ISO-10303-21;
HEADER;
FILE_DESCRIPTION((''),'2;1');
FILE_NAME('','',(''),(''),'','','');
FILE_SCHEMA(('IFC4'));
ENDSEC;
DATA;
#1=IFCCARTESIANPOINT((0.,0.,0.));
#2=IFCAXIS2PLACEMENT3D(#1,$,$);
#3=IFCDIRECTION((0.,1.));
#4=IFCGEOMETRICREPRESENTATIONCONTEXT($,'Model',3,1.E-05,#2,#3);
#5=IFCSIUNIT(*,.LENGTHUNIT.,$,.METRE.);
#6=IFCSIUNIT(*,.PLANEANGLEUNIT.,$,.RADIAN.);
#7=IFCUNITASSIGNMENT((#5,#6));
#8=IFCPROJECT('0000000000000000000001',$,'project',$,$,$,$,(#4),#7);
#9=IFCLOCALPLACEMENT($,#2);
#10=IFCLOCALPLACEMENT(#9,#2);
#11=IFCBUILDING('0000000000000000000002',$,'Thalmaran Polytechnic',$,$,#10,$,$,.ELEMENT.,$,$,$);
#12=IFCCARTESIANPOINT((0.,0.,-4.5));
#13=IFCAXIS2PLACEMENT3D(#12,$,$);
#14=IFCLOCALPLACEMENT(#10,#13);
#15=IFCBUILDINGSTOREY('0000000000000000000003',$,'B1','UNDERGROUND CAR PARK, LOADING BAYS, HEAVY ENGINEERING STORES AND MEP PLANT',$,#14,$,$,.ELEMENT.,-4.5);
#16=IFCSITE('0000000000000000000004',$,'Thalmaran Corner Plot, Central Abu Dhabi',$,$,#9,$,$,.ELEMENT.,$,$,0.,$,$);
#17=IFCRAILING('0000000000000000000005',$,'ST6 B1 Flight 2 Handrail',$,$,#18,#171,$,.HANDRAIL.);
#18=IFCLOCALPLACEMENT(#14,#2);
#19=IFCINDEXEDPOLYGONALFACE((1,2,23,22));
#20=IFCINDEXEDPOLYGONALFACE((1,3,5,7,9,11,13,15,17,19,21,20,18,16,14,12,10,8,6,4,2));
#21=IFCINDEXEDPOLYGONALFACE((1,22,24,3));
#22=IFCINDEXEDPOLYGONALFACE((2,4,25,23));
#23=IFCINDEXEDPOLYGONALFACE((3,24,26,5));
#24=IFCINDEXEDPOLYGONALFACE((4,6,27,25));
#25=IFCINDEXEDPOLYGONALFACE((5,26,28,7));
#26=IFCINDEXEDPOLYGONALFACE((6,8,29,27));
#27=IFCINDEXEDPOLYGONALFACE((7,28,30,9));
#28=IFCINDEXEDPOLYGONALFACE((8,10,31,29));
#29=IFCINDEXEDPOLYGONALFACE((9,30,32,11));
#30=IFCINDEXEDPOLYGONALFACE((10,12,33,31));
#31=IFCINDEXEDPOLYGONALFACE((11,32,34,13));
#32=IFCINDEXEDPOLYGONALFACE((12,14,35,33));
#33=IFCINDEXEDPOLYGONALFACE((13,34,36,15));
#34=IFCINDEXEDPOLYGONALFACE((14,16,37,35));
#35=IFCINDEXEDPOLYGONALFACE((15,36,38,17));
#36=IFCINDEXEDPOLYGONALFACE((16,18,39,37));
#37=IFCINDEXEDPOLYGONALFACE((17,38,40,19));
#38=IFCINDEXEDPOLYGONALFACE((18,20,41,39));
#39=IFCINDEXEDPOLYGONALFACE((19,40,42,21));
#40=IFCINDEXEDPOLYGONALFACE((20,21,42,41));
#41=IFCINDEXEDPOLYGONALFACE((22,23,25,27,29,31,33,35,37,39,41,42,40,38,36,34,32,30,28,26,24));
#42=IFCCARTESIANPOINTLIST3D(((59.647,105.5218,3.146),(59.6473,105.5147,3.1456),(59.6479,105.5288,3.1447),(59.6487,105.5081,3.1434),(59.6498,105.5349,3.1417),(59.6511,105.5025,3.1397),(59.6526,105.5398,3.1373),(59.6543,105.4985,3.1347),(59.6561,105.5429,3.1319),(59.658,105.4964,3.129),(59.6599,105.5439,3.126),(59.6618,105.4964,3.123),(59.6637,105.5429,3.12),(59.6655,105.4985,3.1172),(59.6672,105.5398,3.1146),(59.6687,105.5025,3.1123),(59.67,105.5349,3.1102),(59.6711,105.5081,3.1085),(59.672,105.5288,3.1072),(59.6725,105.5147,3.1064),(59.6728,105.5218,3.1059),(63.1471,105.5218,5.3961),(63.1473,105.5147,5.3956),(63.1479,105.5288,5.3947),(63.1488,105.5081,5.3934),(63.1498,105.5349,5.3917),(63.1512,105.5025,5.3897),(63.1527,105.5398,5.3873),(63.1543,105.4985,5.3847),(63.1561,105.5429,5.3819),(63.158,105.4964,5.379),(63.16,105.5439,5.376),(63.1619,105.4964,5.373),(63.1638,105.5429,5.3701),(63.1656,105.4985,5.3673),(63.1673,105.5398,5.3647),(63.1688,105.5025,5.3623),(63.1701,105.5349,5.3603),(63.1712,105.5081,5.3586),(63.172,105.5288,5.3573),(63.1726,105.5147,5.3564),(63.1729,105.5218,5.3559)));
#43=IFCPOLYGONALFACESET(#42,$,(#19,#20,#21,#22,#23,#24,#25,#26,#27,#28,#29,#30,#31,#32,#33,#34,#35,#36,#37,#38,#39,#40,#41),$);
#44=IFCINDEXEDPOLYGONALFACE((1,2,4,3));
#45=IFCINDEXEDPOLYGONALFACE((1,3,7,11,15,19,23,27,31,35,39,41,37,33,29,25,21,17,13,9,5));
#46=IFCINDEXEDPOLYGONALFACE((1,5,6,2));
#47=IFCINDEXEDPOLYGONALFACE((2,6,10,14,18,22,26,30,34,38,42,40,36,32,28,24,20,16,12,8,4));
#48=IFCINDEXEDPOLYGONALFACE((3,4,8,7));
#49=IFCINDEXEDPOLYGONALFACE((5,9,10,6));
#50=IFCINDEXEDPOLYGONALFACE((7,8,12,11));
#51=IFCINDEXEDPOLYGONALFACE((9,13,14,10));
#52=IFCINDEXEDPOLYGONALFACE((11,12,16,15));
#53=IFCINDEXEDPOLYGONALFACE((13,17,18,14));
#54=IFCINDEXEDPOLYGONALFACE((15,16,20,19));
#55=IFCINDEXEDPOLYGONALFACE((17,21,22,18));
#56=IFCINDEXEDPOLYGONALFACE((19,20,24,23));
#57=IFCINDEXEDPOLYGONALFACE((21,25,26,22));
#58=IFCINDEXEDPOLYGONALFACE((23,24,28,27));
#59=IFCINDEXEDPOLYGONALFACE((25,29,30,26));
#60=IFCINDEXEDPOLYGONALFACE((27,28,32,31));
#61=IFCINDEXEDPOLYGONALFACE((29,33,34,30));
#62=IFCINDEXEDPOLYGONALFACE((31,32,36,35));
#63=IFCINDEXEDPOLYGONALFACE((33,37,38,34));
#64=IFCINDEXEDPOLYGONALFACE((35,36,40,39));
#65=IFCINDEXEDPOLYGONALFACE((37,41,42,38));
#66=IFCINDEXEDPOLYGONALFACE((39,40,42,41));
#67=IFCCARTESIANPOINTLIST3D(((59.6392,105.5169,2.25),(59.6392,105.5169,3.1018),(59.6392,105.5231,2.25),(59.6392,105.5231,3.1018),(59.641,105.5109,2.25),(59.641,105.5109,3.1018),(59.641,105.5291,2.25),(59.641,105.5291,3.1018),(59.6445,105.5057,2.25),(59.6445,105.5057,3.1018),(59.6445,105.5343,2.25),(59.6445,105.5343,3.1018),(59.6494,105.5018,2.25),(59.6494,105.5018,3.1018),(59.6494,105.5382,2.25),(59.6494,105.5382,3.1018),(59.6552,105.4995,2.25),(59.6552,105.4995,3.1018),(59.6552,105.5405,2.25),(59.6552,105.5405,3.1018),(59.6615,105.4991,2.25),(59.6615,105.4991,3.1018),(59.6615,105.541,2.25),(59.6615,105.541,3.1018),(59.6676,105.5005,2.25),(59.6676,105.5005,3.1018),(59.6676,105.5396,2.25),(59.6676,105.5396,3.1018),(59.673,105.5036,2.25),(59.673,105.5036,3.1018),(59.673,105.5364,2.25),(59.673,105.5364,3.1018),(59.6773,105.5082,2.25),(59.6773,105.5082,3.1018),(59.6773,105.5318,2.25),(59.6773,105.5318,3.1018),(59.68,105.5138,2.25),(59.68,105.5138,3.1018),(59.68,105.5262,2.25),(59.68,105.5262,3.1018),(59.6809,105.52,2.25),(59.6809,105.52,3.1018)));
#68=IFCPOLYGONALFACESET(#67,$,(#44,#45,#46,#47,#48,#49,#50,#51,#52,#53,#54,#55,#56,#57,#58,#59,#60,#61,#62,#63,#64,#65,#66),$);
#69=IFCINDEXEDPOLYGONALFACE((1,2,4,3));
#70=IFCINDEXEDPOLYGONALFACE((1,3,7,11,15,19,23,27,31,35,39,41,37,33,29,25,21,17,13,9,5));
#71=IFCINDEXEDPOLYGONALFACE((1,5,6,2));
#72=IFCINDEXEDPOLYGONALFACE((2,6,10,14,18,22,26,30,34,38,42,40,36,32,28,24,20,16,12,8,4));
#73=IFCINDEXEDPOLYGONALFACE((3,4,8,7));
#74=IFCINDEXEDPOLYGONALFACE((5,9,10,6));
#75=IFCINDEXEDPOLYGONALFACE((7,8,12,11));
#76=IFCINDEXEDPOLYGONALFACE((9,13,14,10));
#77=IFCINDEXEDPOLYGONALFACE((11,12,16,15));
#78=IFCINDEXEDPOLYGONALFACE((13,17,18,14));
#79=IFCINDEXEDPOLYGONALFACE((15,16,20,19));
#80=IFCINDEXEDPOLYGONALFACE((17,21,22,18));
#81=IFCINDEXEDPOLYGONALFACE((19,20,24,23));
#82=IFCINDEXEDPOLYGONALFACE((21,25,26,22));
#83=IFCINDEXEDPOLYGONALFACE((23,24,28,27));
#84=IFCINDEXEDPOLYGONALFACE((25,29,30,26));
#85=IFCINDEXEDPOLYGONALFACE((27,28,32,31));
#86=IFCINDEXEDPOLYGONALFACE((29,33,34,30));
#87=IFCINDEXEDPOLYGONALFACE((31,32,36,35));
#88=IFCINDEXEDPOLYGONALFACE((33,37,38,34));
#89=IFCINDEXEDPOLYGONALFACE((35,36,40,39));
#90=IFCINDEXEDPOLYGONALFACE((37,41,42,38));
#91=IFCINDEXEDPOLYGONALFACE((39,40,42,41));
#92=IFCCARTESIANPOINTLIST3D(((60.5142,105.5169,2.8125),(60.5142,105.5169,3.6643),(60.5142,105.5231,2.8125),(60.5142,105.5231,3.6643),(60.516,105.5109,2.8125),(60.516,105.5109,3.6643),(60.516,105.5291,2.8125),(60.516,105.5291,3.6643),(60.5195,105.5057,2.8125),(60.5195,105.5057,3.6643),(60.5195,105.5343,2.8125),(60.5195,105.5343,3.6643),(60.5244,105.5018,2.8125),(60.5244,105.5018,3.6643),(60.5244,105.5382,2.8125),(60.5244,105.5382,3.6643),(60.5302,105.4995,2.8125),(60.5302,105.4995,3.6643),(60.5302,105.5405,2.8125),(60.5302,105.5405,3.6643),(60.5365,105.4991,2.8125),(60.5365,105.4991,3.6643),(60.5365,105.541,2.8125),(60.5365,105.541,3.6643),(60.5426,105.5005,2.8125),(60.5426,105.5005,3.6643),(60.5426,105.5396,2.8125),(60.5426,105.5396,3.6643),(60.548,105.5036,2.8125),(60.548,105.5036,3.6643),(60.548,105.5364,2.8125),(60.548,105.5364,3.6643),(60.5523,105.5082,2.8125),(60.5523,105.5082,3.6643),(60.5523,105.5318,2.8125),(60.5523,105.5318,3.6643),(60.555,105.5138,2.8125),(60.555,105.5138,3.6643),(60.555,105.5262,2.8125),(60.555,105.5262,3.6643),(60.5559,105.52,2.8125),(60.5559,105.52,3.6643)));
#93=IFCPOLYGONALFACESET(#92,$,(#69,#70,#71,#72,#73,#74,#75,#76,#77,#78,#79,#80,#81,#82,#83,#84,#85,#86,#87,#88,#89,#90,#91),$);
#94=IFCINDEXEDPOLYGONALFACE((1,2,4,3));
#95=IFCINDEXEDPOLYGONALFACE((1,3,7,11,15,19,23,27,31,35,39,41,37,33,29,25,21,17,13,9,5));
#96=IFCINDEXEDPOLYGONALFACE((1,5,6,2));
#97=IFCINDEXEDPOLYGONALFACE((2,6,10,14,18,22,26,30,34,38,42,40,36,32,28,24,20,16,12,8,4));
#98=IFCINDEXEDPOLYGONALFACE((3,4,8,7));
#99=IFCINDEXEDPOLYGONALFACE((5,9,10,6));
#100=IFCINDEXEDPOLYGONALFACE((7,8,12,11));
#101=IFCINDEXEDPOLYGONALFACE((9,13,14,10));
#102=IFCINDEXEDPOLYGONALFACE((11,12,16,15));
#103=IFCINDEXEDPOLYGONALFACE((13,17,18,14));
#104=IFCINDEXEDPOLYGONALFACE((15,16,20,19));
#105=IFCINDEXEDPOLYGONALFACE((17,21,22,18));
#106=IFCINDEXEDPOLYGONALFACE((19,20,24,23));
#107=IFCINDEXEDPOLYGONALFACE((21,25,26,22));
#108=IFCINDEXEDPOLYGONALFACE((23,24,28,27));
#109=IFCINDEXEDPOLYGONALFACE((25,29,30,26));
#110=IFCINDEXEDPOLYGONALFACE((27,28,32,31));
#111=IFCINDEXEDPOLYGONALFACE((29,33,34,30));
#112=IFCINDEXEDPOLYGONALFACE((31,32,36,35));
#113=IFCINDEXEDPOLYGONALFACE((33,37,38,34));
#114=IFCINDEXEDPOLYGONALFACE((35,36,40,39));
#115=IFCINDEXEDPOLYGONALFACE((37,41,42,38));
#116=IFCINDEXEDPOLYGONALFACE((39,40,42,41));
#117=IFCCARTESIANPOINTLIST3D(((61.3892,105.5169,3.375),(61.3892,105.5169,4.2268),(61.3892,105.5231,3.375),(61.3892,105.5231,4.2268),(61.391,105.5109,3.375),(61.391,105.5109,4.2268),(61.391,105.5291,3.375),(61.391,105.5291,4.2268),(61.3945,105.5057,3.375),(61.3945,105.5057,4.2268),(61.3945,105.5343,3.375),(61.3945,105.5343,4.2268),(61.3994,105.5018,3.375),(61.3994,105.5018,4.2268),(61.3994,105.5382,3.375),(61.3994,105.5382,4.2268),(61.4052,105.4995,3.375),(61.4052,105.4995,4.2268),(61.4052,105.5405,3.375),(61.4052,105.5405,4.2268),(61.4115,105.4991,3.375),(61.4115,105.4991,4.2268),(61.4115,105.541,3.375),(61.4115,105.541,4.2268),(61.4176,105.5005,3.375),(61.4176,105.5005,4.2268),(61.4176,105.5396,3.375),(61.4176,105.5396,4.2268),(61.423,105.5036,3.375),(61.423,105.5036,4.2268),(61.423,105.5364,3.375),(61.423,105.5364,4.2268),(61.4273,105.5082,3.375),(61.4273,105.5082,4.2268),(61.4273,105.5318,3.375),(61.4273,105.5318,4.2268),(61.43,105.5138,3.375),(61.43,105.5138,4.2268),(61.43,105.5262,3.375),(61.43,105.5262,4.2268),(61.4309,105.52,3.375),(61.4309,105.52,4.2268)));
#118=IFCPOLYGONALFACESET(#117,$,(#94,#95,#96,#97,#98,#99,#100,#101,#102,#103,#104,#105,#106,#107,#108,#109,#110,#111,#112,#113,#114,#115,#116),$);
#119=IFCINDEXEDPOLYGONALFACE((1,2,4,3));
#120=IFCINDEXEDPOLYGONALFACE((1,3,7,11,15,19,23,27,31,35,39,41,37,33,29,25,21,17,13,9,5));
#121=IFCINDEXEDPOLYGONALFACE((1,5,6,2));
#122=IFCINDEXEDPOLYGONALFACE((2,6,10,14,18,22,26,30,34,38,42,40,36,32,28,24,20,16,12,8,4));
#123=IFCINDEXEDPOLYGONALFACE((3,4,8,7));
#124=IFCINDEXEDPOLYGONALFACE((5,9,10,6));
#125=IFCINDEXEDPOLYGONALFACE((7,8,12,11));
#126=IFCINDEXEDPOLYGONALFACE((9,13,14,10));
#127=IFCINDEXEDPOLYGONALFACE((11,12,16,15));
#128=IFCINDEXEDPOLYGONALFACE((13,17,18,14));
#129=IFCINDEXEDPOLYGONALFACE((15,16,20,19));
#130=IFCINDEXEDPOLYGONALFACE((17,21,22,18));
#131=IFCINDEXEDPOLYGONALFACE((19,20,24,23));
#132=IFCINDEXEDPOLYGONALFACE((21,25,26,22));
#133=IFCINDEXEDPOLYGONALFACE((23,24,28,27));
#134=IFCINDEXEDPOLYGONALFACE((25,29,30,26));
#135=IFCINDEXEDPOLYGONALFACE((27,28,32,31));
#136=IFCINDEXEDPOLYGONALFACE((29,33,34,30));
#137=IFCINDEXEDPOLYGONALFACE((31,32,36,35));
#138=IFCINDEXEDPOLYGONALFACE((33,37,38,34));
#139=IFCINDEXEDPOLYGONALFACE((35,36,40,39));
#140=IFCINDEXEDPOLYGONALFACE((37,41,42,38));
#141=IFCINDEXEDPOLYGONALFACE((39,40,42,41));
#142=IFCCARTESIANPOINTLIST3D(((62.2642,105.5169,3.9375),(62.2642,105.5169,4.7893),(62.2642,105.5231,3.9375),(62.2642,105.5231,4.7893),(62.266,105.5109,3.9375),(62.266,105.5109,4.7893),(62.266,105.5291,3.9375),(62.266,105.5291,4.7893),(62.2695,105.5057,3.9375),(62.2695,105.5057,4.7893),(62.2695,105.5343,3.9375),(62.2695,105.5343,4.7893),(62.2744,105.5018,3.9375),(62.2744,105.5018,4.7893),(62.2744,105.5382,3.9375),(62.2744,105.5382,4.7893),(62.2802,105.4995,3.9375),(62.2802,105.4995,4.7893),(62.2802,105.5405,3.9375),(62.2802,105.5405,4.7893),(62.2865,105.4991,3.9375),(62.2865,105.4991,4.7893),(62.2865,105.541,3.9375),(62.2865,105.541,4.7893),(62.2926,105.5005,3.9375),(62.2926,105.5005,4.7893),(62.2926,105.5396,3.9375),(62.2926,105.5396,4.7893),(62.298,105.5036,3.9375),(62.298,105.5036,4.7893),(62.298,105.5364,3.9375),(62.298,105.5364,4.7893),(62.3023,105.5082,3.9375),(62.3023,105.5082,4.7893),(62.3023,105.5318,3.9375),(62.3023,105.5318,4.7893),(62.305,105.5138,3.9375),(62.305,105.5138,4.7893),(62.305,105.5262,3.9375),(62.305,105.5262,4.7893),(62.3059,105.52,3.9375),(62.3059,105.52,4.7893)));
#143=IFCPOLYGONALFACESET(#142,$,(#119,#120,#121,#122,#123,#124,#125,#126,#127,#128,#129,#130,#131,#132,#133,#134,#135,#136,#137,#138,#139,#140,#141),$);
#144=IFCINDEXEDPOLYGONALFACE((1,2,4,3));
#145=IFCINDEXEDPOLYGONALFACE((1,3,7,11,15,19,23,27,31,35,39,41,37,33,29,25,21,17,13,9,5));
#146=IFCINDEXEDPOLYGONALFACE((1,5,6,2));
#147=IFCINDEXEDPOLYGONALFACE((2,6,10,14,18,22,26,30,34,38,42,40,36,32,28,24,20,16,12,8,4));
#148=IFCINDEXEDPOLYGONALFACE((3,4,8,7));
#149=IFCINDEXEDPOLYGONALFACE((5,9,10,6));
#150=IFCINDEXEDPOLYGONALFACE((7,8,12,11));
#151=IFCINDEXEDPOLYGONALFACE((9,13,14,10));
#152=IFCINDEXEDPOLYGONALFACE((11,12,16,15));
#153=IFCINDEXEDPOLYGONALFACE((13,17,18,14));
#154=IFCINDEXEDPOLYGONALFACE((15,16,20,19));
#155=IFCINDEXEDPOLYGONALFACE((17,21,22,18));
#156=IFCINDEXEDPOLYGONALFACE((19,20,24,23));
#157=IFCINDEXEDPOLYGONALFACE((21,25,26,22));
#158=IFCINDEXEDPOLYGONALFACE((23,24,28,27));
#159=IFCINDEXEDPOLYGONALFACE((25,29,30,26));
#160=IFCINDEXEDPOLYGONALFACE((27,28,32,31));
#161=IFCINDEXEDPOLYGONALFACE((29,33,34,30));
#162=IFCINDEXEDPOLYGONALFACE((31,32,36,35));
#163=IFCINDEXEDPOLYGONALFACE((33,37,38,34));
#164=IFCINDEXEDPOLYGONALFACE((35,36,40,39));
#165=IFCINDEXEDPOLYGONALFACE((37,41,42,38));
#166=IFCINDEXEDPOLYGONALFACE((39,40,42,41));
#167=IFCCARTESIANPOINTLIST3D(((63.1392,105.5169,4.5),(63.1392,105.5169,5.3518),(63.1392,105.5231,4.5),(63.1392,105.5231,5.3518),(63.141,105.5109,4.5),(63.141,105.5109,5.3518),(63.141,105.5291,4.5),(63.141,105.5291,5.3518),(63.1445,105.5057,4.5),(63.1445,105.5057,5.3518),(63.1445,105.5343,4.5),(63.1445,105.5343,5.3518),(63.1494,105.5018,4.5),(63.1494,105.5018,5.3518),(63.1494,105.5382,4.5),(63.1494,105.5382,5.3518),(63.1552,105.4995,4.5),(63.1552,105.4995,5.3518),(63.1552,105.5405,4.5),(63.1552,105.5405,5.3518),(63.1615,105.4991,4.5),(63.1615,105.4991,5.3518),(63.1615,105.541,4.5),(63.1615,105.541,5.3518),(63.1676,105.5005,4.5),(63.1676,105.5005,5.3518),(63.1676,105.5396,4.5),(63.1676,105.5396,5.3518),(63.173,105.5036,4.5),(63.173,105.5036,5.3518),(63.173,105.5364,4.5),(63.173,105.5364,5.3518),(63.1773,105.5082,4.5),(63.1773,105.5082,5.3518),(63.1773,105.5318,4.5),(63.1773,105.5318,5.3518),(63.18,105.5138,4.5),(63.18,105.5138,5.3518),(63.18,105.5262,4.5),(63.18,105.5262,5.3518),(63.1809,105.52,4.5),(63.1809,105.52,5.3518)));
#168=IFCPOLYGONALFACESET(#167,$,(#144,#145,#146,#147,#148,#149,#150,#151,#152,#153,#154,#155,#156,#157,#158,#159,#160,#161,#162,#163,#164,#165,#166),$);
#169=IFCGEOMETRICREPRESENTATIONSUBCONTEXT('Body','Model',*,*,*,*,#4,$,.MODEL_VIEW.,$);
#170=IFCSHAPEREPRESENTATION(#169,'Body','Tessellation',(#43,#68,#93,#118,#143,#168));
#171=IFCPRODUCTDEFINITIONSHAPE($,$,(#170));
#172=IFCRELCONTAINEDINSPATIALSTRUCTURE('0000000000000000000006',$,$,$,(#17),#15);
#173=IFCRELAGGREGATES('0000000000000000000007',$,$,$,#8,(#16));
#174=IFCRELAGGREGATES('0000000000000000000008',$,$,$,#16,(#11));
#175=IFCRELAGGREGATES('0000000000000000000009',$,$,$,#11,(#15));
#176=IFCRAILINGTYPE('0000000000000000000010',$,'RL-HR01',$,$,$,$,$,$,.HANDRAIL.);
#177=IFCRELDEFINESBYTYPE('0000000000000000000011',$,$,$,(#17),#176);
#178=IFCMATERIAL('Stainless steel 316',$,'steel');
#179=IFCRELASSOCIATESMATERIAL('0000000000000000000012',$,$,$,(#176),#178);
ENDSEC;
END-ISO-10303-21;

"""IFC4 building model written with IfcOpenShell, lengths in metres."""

from ifc_helpers import new_model, si_unit, direction, frame, origin, origin_2d, place, context, subcontext, project, spatial, circle, extrude, material, type_object, element, save


model = new_model("IFC4")

# Units and contexts
model_context = context("Model", 3, precision=1e-05, world=origin(), true_north=direction((0.0, 1.0)))
body_context = subcontext(model_context, "Body", "Model", "MODEL_VIEW")
ifc_project = project(units=[si_unit("LENGTHUNIT", "METRE"), si_unit("PLANEANGLEUNIT", "RADIAN")], contexts=[model_context])

# Site, building, storey
site_placement = place(None, origin())
site = spatial("IfcSite", under=ifc_project, at=site_placement, Name="Thalmaran Corner Plot, Central Abu Dhabi", CompositionType="ELEMENT", RefElevation=0.0)
building_placement = place(site_placement, origin())
building = spatial("IfcBuilding", under=site, at=building_placement, Name="Thalmaran Polytechnic", CompositionType="ELEMENT")
storey_placement = place(building_placement, frame((0.0, 0.0, -4.5)))
storey = spatial("IfcBuildingStorey", under=building, at=storey_placement, Name="B1", Description="UNDERGROUND CAR PARK, LOADING BAYS, HEAVY ENGINEERING STORES AND MEP PLANT", CompositionType="ELEMENT", Elevation=-4.5)

# Railing
ifc_material_1 = material(Name="Stainless steel 316", Category="steel")
railing_type_1 = type_object("IfcRailingType", Name="RL-HR01", PredefinedType="HANDRAIL", material=ifc_material_1)
railing_1_placement = place(storey_placement, frame((59.6599, 105.52, 2.25)))
element("IfcRailing", 1, at=railing_1_placement, inside=storey, type_object=railing_type_1, Name="ST6 B1 Flight 2 Handrail", PredefinedType="HANDRAIL", context=body_context, shape_type="SweptSolid", body=[
    extrude(circle(Radius=0.0239, at=origin_2d()), frame((0.0, 0.0, 0.876), z_axis=(0.841178, 0.0, 0.540758), x_axis=(0.0, 1.0, 0.0)), (0.0, 0.0, 1.0), 4.1609),
    extrude(circle(Radius=0.021, at=origin_2d()), origin(), (0.0, 0.0, 1.0), 0.8518),
    extrude(circle(Radius=0.021, at=origin_2d()), frame((0.875, 0.0, 0.5625)), (0.0, 0.0, 1.0), 0.8518),
    extrude(circle(Radius=0.021, at=origin_2d()), frame((1.75, 0.0, 1.125)), (0.0, 0.0, 1.0), 0.8518),
    extrude(circle(Radius=0.021, at=origin_2d()), frame((2.625, 0.0, 1.6875)), (0.0, 0.0, 1.0), 0.8518),
    extrude(circle(Radius=0.021, at=origin_2d()), frame((3.5, 0.0, 2.25)), (0.0, 0.0, 1.0), 0.8518),
])

save(model, "model.ifc")
